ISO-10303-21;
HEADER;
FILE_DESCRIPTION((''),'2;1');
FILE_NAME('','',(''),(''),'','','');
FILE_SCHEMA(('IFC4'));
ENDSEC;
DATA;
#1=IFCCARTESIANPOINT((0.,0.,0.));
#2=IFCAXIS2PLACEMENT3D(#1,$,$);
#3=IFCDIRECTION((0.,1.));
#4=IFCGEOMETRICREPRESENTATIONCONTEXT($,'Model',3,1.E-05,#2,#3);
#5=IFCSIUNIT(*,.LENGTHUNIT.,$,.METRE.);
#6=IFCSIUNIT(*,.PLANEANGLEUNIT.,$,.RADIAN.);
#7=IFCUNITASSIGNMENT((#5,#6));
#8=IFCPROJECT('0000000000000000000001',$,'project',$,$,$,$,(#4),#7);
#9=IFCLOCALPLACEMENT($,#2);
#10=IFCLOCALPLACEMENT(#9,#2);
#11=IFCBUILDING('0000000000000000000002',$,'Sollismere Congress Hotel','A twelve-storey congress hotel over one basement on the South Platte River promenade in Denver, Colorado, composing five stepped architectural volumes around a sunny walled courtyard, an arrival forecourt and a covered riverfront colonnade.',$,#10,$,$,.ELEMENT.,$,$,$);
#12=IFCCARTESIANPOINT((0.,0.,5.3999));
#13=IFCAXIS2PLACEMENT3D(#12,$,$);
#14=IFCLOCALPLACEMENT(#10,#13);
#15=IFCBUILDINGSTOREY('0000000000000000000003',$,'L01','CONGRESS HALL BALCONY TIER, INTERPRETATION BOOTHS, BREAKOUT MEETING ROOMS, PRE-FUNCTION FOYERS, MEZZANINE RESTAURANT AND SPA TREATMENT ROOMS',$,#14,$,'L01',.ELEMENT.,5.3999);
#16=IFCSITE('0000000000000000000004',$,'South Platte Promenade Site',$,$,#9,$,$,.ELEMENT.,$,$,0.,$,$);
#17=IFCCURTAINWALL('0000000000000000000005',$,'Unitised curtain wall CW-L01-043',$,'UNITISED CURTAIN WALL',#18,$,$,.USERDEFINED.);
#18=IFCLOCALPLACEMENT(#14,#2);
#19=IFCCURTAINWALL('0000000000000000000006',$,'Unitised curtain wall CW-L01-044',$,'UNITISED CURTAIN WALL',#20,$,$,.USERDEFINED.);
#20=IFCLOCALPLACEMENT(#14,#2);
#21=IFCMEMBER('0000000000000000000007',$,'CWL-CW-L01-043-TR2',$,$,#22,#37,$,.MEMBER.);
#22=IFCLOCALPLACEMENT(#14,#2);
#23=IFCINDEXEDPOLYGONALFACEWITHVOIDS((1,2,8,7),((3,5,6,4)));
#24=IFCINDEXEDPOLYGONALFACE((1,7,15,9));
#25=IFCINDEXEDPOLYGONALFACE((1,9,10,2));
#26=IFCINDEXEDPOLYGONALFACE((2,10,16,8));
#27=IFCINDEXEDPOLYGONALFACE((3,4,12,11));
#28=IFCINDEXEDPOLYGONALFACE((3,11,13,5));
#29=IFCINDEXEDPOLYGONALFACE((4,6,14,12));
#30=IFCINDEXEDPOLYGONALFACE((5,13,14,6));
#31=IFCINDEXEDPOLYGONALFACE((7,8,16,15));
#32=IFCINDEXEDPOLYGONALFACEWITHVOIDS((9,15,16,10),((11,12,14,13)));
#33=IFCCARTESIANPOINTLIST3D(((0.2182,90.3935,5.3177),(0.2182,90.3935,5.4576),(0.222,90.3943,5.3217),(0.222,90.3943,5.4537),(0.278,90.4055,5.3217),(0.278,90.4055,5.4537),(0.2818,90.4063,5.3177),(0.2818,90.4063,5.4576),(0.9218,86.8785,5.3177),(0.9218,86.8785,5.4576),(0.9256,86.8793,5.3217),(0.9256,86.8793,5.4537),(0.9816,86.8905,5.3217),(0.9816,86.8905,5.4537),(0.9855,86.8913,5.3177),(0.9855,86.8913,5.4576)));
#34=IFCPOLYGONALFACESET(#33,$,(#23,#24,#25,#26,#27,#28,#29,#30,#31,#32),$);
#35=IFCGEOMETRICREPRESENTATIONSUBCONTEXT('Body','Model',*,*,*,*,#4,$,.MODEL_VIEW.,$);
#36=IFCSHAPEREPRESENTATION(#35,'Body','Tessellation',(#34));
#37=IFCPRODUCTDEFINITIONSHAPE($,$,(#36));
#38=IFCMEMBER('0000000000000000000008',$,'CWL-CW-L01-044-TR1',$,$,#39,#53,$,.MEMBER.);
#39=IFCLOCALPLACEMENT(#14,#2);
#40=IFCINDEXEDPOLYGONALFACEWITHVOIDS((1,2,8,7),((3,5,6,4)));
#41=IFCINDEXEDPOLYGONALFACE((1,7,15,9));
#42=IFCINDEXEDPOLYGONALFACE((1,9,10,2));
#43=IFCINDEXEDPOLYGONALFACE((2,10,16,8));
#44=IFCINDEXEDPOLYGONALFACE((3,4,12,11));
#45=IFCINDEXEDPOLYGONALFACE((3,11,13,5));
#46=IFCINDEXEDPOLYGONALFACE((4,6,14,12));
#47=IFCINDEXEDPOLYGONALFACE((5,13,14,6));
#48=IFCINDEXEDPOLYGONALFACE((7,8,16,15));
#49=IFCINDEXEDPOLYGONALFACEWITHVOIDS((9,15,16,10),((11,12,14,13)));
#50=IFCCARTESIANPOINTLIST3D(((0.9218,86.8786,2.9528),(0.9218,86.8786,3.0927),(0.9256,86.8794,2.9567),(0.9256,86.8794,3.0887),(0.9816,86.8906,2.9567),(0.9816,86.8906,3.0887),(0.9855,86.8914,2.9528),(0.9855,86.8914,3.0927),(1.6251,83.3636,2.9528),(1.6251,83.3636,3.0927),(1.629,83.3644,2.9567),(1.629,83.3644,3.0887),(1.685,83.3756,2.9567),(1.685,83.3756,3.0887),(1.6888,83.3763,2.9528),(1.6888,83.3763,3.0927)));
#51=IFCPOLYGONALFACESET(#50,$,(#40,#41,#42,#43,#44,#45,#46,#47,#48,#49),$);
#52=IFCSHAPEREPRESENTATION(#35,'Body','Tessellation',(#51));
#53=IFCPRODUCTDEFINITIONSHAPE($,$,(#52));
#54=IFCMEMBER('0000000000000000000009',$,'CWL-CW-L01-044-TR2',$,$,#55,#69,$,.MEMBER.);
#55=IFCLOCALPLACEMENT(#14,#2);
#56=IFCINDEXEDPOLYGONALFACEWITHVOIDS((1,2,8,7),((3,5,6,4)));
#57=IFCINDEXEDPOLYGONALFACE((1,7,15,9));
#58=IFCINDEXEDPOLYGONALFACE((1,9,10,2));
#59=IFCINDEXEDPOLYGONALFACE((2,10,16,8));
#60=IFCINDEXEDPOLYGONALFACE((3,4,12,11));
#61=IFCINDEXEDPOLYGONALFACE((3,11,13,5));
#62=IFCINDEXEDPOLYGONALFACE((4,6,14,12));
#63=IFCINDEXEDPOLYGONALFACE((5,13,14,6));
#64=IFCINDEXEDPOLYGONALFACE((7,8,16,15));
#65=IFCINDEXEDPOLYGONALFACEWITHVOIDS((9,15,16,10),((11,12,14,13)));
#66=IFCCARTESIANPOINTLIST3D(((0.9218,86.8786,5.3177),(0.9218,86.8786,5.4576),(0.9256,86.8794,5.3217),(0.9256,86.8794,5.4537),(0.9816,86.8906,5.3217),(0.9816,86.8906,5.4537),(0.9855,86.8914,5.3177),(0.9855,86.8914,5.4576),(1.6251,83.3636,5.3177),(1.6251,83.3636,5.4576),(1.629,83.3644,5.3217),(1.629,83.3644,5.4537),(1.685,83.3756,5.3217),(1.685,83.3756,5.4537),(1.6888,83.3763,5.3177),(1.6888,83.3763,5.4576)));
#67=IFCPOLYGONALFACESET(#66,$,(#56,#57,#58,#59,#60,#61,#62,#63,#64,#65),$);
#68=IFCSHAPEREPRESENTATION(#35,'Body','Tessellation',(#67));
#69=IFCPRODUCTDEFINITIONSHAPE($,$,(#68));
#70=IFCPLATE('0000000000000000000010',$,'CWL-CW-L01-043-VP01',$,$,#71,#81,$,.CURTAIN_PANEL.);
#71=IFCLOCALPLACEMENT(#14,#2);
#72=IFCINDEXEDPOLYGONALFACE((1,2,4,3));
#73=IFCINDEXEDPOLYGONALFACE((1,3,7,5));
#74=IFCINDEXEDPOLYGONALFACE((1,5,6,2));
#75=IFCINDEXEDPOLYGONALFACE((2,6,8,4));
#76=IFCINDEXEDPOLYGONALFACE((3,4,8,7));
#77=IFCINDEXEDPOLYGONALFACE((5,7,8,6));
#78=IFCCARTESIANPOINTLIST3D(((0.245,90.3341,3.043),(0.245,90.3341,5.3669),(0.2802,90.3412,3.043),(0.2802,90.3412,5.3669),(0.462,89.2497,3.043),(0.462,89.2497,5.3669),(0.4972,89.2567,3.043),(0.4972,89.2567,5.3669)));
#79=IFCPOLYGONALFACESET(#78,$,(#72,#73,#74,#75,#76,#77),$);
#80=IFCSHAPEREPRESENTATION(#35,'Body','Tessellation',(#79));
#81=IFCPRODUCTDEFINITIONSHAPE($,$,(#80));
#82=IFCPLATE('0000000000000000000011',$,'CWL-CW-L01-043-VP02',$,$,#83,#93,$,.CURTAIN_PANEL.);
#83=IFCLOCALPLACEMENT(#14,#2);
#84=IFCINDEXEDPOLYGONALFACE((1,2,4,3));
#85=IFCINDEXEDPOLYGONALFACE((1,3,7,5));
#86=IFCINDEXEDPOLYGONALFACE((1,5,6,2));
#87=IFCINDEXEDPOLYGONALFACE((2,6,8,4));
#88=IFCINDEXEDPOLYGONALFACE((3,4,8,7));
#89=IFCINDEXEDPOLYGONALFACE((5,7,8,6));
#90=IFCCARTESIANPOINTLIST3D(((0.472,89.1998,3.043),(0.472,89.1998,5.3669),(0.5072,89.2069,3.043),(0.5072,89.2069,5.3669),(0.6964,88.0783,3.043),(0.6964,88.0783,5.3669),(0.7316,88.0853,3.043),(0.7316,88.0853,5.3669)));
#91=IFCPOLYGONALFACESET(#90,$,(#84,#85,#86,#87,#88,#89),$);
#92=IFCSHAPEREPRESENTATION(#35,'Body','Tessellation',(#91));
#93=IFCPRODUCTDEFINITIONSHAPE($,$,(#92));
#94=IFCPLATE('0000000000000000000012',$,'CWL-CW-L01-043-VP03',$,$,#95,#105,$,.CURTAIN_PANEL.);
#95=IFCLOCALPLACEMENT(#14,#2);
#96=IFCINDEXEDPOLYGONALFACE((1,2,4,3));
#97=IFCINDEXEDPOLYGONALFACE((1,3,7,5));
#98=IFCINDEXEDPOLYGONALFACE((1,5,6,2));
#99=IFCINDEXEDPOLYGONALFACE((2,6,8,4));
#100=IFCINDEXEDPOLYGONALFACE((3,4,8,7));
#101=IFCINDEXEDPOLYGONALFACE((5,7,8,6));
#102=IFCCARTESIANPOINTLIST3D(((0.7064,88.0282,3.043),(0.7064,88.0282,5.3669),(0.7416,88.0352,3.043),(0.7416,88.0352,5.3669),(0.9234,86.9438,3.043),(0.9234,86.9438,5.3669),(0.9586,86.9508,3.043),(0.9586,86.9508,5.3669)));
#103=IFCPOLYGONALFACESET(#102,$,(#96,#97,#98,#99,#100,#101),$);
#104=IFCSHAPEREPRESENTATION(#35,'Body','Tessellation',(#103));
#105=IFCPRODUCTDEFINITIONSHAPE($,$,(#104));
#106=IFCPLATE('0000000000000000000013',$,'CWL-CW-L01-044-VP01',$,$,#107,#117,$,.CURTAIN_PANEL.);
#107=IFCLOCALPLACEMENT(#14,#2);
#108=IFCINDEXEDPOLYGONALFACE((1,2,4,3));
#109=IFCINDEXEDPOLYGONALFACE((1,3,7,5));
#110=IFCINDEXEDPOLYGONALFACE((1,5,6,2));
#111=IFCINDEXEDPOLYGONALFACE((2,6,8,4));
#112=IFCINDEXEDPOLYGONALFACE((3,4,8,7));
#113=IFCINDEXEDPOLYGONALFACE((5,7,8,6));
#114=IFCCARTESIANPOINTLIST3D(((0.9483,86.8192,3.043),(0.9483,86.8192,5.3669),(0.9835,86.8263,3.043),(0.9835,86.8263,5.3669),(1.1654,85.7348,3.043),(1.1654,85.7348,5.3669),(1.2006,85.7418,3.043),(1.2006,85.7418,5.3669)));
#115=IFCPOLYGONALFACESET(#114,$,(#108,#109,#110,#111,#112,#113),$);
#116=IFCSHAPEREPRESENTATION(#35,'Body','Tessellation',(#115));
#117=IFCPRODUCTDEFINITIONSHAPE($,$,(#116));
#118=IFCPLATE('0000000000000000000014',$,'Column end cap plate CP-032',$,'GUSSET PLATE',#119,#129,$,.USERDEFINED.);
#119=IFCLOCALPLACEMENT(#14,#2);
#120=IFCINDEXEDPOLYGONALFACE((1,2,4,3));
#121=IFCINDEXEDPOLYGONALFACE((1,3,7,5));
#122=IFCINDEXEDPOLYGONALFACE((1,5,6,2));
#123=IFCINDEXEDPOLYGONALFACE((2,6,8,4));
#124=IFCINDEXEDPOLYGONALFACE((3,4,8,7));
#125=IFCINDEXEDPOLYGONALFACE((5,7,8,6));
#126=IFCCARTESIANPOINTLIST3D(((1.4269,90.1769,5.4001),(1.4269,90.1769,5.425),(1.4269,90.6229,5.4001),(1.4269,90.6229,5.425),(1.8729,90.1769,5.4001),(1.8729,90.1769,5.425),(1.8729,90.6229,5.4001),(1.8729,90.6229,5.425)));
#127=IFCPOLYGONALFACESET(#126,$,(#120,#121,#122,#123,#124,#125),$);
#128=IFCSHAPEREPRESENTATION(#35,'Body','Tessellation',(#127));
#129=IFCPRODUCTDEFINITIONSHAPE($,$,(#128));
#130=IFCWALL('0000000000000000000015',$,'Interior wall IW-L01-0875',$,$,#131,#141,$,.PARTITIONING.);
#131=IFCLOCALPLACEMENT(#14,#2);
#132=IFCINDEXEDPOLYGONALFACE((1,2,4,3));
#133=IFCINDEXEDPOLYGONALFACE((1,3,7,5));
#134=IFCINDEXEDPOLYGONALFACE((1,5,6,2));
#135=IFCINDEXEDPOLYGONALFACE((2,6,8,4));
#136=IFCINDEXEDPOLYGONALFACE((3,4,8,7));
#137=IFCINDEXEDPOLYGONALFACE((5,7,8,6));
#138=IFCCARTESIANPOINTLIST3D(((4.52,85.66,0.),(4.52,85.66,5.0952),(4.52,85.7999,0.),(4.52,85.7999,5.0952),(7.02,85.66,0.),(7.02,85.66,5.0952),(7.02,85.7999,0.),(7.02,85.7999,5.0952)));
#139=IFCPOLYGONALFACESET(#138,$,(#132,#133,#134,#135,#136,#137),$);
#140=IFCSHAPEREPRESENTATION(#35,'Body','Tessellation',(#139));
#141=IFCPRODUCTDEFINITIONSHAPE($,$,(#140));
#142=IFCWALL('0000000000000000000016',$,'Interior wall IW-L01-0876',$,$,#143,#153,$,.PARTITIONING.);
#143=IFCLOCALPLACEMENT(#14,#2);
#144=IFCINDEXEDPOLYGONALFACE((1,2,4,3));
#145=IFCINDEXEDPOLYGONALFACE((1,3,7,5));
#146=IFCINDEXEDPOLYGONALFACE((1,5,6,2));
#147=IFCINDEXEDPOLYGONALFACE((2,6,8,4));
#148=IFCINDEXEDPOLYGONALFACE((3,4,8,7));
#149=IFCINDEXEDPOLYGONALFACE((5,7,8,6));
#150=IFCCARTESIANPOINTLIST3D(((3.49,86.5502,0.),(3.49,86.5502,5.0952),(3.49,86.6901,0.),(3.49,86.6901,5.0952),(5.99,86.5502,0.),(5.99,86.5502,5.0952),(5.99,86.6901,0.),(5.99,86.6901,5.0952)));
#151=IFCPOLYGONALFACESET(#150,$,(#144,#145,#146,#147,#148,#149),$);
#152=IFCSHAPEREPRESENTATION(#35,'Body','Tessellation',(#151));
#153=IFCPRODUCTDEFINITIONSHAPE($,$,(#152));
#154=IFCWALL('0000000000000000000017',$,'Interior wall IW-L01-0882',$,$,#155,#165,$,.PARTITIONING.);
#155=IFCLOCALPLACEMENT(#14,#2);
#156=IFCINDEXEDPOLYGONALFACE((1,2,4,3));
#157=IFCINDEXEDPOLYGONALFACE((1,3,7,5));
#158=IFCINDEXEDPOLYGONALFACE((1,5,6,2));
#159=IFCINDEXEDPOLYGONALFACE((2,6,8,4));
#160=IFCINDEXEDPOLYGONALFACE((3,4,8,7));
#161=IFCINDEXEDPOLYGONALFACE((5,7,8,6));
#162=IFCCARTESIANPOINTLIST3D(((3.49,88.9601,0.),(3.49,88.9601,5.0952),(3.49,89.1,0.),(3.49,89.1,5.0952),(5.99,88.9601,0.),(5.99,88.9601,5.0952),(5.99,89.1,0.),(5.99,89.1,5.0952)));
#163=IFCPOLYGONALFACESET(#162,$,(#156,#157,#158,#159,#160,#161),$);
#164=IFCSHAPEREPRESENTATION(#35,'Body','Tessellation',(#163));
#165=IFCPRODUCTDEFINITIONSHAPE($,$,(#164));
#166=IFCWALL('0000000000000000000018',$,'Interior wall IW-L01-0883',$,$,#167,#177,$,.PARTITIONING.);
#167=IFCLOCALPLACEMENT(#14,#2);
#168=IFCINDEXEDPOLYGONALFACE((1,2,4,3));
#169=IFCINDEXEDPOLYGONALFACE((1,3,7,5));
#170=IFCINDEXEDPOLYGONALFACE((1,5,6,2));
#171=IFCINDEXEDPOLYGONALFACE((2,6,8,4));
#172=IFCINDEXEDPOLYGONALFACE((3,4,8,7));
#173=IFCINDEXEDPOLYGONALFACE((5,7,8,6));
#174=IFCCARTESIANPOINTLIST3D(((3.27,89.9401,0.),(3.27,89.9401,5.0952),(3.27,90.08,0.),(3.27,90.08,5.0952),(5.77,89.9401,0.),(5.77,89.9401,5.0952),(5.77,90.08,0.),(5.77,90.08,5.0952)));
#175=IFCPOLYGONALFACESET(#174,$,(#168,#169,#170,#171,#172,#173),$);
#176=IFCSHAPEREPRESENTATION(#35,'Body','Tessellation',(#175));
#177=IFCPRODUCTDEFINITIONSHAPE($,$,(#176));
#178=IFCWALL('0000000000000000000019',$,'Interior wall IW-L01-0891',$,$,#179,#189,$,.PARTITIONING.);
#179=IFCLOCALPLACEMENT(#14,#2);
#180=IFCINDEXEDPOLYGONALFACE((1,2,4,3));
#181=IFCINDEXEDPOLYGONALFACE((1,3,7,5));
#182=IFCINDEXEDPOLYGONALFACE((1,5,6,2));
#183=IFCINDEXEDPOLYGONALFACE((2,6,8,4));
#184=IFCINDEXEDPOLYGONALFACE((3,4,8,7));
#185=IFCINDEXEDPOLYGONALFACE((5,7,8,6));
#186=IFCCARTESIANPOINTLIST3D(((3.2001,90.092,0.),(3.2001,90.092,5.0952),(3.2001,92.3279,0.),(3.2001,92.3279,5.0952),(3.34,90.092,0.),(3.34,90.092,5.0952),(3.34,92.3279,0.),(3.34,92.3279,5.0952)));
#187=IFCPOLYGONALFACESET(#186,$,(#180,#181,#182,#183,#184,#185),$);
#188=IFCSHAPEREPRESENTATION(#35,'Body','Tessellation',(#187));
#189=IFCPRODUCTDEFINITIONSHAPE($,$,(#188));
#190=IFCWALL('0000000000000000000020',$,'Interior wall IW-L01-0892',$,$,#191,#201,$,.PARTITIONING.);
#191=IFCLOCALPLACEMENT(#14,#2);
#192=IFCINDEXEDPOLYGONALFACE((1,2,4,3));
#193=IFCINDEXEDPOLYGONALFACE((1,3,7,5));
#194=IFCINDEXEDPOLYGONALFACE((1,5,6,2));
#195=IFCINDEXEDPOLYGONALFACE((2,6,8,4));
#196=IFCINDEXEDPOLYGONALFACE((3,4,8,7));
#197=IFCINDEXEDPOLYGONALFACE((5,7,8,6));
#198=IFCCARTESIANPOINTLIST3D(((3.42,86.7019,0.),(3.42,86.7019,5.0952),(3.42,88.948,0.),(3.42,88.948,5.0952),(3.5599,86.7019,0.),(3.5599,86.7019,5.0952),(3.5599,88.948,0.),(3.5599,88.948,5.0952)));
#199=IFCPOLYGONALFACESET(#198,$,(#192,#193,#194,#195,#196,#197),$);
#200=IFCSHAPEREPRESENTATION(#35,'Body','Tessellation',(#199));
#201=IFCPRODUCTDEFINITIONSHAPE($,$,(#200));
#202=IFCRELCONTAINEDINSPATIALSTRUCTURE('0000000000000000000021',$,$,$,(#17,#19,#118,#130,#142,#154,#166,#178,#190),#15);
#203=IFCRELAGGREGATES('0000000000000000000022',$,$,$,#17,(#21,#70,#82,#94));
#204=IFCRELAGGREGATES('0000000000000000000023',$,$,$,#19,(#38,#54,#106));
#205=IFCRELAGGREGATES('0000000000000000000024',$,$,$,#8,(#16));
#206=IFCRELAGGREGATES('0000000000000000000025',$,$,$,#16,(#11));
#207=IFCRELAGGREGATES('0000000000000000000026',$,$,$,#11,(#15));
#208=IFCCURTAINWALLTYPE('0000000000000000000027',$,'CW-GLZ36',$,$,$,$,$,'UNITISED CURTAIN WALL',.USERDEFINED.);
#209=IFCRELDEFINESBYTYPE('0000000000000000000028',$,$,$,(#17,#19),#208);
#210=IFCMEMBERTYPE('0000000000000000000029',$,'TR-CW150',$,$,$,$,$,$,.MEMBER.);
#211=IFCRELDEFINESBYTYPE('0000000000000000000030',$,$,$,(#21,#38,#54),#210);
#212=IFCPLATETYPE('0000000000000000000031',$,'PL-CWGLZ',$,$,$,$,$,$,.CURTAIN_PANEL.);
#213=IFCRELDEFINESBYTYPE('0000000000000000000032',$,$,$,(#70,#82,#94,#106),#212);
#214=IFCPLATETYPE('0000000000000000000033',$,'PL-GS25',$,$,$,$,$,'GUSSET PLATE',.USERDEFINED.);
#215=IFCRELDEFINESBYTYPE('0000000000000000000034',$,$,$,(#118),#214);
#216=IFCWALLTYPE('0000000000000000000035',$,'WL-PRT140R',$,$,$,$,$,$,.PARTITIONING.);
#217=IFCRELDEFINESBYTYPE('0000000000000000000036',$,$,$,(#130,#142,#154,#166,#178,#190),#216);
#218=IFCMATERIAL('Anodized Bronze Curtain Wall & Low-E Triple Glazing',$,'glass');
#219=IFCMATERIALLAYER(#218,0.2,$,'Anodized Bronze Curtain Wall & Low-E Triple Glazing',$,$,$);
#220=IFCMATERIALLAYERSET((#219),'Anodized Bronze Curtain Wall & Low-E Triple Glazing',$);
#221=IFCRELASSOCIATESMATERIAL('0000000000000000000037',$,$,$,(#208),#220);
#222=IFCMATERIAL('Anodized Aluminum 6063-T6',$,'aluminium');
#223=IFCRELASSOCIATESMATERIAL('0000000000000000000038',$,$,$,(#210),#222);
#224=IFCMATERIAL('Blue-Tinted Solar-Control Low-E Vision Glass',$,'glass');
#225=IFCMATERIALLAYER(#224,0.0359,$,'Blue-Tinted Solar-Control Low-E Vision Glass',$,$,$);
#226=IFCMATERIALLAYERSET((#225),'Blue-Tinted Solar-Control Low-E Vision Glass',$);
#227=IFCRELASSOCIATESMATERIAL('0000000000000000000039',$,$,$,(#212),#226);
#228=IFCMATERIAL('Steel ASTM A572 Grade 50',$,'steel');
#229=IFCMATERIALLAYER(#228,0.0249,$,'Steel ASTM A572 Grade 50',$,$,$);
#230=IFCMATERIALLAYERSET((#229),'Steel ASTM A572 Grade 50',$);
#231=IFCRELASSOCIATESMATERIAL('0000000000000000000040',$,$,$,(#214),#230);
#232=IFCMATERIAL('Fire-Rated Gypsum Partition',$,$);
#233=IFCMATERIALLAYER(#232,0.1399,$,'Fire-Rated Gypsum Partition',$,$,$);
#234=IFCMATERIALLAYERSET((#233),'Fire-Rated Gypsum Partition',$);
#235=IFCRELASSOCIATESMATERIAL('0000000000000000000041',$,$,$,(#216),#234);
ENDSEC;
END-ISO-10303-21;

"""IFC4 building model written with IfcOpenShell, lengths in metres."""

from ifc_helpers import new_model, si_unit, direction, frame, frame_2d, origin, origin_2d, place, context, subcontext, project, spatial, rectangle, hollow_rectangle, extrude, material, layer, layer_set, material_profile, profile_set, type_object, element, aggregate, save


model = new_model("IFC4")

# Units and contexts
model_context = context("Model", 3, precision=1e-05, world=origin(), true_north=direction((0.0, 1.0)))
body_context = subcontext(model_context, "Body", "Model", "MODEL_VIEW")
ifc_project = project(units=[si_unit("LENGTHUNIT", "METRE"), si_unit("PLANEANGLEUNIT", "RADIAN")], contexts=[model_context])

# Site, building, storey
site_placement = place(None, origin())
site = spatial("IfcSite", under=ifc_project, at=site_placement, Name="South Platte Promenade Site", CompositionType="ELEMENT", RefElevation=0.0)
building_placement = place(site_placement, origin())
building = spatial("IfcBuilding", under=site, at=building_placement, Name="Sollismere Congress Hotel", Description="A twelve-storey congress hotel over one basement on the South Platte River promenade in Denver, Colorado, composing five stepped architectural volumes around a sunny walled courtyard, an arrival forecourt and a covered riverfront colonnade.", CompositionType="ELEMENT")
storey_placement = place(building_placement, frame((0.0, 0.0, 5.3999)))
storey = spatial("IfcBuildingStorey", under=building, at=storey_placement, Name="L01", Description="CONGRESS HALL BALCONY TIER, INTERPRETATION BOOTHS, BREAKOUT MEETING ROOMS, PRE-FUNCTION FOYERS, MEZZANINE RESTAURANT AND SPA TREATMENT ROOMS", LongName="L01", CompositionType="ELEMENT", Elevation=5.3999)

# Curtain wall
ifc_material_1 = material(Name="Anodized Bronze Curtain Wall & Low-E Triple Glazing", Category="glass")
ifc_layer_1 = layer(ifc_material_1, 0.2, Name="Anodized Bronze Curtain Wall & Low-E Triple Glazing")
ifc_layer_set_1 = layer_set([ifc_layer_1], Name="Anodized Bronze Curtain Wall & Low-E Triple Glazing")
curtain_wall_type = type_object("IfcCurtainWallType", Name="CW-GLZ36", ElementType="UNITISED CURTAIN WALL", PredefinedType="USERDEFINED", material=ifc_layer_set_1)
curtain_wall_1_placement = place(storey_placement, origin())
curtain_wall_1 = element("IfcCurtainWall", 1, at=curtain_wall_1_placement, inside=storey, type_object=curtain_wall_type, Name="Unitised curtain wall CW-L01-043", ObjectType="UNITISED CURTAIN WALL", PredefinedType="USERDEFINED")
ifc_material_2 = material(Name="Anodized Aluminum 6063-T6", Category="aluminium")

# Curtain wall
curtain_wall_2_placement = place(storey_placement, origin())
curtain_wall_2 = element("IfcCurtainWall", 2, at=curtain_wall_2_placement, inside=storey, type_object=curtain_wall_type, Name="Unitised curtain wall CW-L01-044", ObjectType="UNITISED CURTAIN WALL", PredefinedType="USERDEFINED")

# Members
ifc_material_profile_1 = material_profile(ifc_material_2, hollow_rectangle(XDim=0.0649, YDim=0.1399, WallThickness=0.0039, at=origin_2d()), Name="ALU140X65X4")
ifc_profile_set_1 = profile_set([ifc_material_profile_1], Name="Anodized Aluminum 6063-T6")
member_type_1 = type_object("IfcMemberType", Name="TR-CW150", PredefinedType="MEMBER", material=ifc_profile_set_1)
member_1_placement = place(storey_placement, frame((0.25, 90.3999, 5.3877), z_axis=(0.196286, -0.980547, 0.0), x_axis=(0.980547, 0.196286, 0.0)))
member_1 = element("IfcMember", 3, at=member_1_placement, type_object=member_type_1, Name="CWL-CW-L01-043-TR2", PredefinedType="MEMBER", context=body_context, shape_type="SweptSolid", body=[
    extrude(hollow_rectangle(XDim=0.0649, YDim=0.1399, WallThickness=0.0039, at=origin_2d()), origin(), (0.0, 0.0, 1.0), 3.5847),
])
member_2_placement = place(storey_placement, frame((0.9536, 86.885, 3.0227), z_axis=(0.196208, -0.980562, 0.0), x_axis=(0.980562, 0.196208, 0.0)))
member_2 = element("IfcMember", 4, at=member_2_placement, type_object=member_type_1, Name="CWL-CW-L01-044-TR1", PredefinedType="MEMBER", context=body_context, shape_type="SweptSolid", body=[
    extrude(hollow_rectangle(XDim=0.0649, YDim=0.1399, WallThickness=0.0039, at=origin_2d()), origin(), (0.0, 0.0, 1.0), 3.5847),
])
member_3_placement = place(storey_placement, frame((0.9536, 86.885, 5.3877), z_axis=(0.196208, -0.980562, 0.0), x_axis=(0.980562, 0.196208, 0.0)))
member_3 = element("IfcMember", 5, at=member_3_placement, type_object=member_type_1, Name="CWL-CW-L01-044-TR2", PredefinedType="MEMBER", context=body_context, shape_type="SweptSolid", body=[
    extrude(hollow_rectangle(XDim=0.0649, YDim=0.1399, WallThickness=0.0039, at=origin_2d()), origin(), (0.0, 0.0, 1.0), 3.5847),
])

# Plates
ifc_material_3 = material(Name="Blue-Tinted Solar-Control Low-E Vision Glass", Category="glass")
ifc_layer_2 = layer(ifc_material_3, 0.0359, Name="Blue-Tinted Solar-Control Low-E Vision Glass")
ifc_layer_set_2 = layer_set([ifc_layer_2], Name="Blue-Tinted Solar-Control Low-E Vision Glass")
plate_type_1 = type_object("IfcPlateType", Name="PL-CWGLZ", PredefinedType="CURTAIN_PANEL", material=ifc_layer_set_2)
plate_1_placement = place(storey_placement, frame((0.3711, 89.7954, 3.043), z_axis=(0.0, 0.0, 1.0), x_axis=(0.196254, -0.980553, 0.0)))
plate_1 = element("IfcPlate", 6, at=plate_1_placement, type_object=plate_type_1, Name="CWL-CW-L01-043-VP01", PredefinedType="CURTAIN_PANEL", context=body_context, shape_type="SweptSolid", body=[
    extrude(rectangle(XDim=1.106, YDim=0.0359, at=origin_2d()), origin(), (0.0, 0.0, 1.0), 2.324),
])
plate_2_placement = place(storey_placement, frame((0.6018, 88.6426, 3.043), z_axis=(0.0, 0.0, 1.0), x_axis=(0.196254, -0.980553, 0.0)))
plate_2 = element("IfcPlate", 7, at=plate_2_placement, type_object=plate_type_1, Name="CWL-CW-L01-043-VP02", PredefinedType="CURTAIN_PANEL", context=body_context, shape_type="SweptSolid", body=[
    extrude(rectangle(XDim=1.1438, YDim=0.0359, at=origin_2d()), origin(), (0.0, 0.0, 1.0), 2.324),
])
plate_3_placement = place(storey_placement, frame((0.8325, 87.4895, 3.043), z_axis=(0.0, 0.0, 1.0), x_axis=(0.196254, -0.980553, 0.0)))
plate_3 = element("IfcPlate", 8, at=plate_3_placement, type_object=plate_type_1, Name="CWL-CW-L01-043-VP03", PredefinedType="CURTAIN_PANEL", context=body_context, shape_type="SweptSolid", body=[
    extrude(rectangle(XDim=1.106, YDim=0.0359, at=origin_2d()), origin(), (0.0, 0.0, 1.0), 2.324),
])
aggregate(curtain_wall_1, [member_1, plate_1, plate_2, plate_3])
plate_4_placement = place(storey_placement, frame((1.0745, 86.2805, 3.043), z_axis=(0.0, 0.0, 1.0), x_axis=(0.196254, -0.980553, 0.0)))
plate_4 = element("IfcPlate", 9, at=plate_4_placement, type_object=plate_type_1, Name="CWL-CW-L01-044-VP01", PredefinedType="CURTAIN_PANEL", context=body_context, shape_type="SweptSolid", body=[
    extrude(rectangle(XDim=1.106, YDim=0.0359, at=origin_2d()), origin(), (0.0, 0.0, 1.0), 2.324),
])
aggregate(curtain_wall_2, [member_2, member_3, plate_4])
ifc_material_4 = material(Name="Steel ASTM A572 Grade 50", Category="steel")
ifc_layer_3 = layer(ifc_material_4, 0.0249, Name="Steel ASTM A572 Grade 50")
ifc_layer_set_3 = layer_set([ifc_layer_3], Name="Steel ASTM A572 Grade 50")
plate_type_2 = type_object("IfcPlateType", Name="PL-GS25", ElementType="GUSSET PLATE", PredefinedType="USERDEFINED", material=ifc_layer_set_3)
plate_5_placement = place(storey_placement, frame((1.6499, 90.3999, 5.4001), z_axis=(0.0, 0.0, 1.0), x_axis=(-1.0, 0.0, 0.0)))
element("IfcPlate", 10, at=plate_5_placement, inside=storey, type_object=plate_type_2, Name="Column end cap plate CP-032", ObjectType="GUSSET PLATE", PredefinedType="USERDEFINED", context=body_context, shape_type="SweptSolid", body=[
    extrude(rectangle(XDim=0.446, YDim=0.446, at=origin_2d()), origin(), (0.0, 0.0, 1.0), 0.0249),
])

# Walls
ifc_material_5 = material(Name="Fire-Rated Gypsum Partition")
ifc_layer_4 = layer(ifc_material_5, 0.1399, Name="Fire-Rated Gypsum Partition")
ifc_layer_set_4 = layer_set([ifc_layer_4], Name="Fire-Rated Gypsum Partition")
wall_type = type_object("IfcWallType", Name="WL-PRT140R", PredefinedType="PARTITIONING", material=ifc_layer_set_4)
for number, where, z_axis, x_axis, name in (
    (11, (4.52, 85.73, 0.0), (0.0, 0.0, 1.0), (1.0, 0.0, 0.0), "Interior wall IW-L01-0875"),
    (12, (3.49, 86.6201, 0.0), (0.0, 0.0, 1.0), (1.0, 0.0, 0.0), "Interior wall IW-L01-0876"),
    (13, (3.49, 89.03, 0.0), (0.0, 0.0, 1.0), (1.0, 0.0, 0.0), "Interior wall IW-L01-0882"),
    (14, (3.27, 90.01, 0.0), (0.0, 0.0, 1.0), (1.0, 0.0, 0.0), "Interior wall IW-L01-0883"),
):
    element("IfcWall", number, at=place(storey_placement, frame(where, z_axis=z_axis, x_axis=x_axis)), inside=storey, type_object=wall_type, Name=name, PredefinedType="PARTITIONING", context=body_context, shape_type="SweptSolid", body=[
        extrude(rectangle(XDim=2.5, YDim=0.1399, at=frame_2d((1.25, 0.0))), origin(), (0.0, 0.0, 1.0), 5.0952),
    ])
wall_1_placement = place(storey_placement, frame((3.27, 90.092, 0.0), z_axis=(0.0, 0.0, 1.0), x_axis=(0.0, 1.0, 0.0)))
element("IfcWall", 15, at=wall_1_placement, inside=storey, type_object=wall_type, Name="Interior wall IW-L01-0891", PredefinedType="PARTITIONING", context=body_context, shape_type="SweptSolid", body=[
    extrude(rectangle(XDim=2.2358, YDim=0.1399, at=frame_2d((1.1179, 0.0))), origin(), (0.0, 0.0, 1.0), 5.0952),
])
wall_2_placement = place(storey_placement, frame((3.49, 86.7019, 0.0), z_axis=(0.0, 0.0, 1.0), x_axis=(0.0, 1.0, 0.0)))
element("IfcWall", 16, at=wall_2_placement, inside=storey, type_object=wall_type, Name="Interior wall IW-L01-0892", PredefinedType="PARTITIONING", context=body_context, shape_type="SweptSolid", body=[
    extrude(rectangle(XDim=2.2461, YDim=0.1399, at=frame_2d((1.123, 0.0))), origin(), (0.0, 0.0, 1.0), 5.0952),
])

save(model, "model.ifc")
